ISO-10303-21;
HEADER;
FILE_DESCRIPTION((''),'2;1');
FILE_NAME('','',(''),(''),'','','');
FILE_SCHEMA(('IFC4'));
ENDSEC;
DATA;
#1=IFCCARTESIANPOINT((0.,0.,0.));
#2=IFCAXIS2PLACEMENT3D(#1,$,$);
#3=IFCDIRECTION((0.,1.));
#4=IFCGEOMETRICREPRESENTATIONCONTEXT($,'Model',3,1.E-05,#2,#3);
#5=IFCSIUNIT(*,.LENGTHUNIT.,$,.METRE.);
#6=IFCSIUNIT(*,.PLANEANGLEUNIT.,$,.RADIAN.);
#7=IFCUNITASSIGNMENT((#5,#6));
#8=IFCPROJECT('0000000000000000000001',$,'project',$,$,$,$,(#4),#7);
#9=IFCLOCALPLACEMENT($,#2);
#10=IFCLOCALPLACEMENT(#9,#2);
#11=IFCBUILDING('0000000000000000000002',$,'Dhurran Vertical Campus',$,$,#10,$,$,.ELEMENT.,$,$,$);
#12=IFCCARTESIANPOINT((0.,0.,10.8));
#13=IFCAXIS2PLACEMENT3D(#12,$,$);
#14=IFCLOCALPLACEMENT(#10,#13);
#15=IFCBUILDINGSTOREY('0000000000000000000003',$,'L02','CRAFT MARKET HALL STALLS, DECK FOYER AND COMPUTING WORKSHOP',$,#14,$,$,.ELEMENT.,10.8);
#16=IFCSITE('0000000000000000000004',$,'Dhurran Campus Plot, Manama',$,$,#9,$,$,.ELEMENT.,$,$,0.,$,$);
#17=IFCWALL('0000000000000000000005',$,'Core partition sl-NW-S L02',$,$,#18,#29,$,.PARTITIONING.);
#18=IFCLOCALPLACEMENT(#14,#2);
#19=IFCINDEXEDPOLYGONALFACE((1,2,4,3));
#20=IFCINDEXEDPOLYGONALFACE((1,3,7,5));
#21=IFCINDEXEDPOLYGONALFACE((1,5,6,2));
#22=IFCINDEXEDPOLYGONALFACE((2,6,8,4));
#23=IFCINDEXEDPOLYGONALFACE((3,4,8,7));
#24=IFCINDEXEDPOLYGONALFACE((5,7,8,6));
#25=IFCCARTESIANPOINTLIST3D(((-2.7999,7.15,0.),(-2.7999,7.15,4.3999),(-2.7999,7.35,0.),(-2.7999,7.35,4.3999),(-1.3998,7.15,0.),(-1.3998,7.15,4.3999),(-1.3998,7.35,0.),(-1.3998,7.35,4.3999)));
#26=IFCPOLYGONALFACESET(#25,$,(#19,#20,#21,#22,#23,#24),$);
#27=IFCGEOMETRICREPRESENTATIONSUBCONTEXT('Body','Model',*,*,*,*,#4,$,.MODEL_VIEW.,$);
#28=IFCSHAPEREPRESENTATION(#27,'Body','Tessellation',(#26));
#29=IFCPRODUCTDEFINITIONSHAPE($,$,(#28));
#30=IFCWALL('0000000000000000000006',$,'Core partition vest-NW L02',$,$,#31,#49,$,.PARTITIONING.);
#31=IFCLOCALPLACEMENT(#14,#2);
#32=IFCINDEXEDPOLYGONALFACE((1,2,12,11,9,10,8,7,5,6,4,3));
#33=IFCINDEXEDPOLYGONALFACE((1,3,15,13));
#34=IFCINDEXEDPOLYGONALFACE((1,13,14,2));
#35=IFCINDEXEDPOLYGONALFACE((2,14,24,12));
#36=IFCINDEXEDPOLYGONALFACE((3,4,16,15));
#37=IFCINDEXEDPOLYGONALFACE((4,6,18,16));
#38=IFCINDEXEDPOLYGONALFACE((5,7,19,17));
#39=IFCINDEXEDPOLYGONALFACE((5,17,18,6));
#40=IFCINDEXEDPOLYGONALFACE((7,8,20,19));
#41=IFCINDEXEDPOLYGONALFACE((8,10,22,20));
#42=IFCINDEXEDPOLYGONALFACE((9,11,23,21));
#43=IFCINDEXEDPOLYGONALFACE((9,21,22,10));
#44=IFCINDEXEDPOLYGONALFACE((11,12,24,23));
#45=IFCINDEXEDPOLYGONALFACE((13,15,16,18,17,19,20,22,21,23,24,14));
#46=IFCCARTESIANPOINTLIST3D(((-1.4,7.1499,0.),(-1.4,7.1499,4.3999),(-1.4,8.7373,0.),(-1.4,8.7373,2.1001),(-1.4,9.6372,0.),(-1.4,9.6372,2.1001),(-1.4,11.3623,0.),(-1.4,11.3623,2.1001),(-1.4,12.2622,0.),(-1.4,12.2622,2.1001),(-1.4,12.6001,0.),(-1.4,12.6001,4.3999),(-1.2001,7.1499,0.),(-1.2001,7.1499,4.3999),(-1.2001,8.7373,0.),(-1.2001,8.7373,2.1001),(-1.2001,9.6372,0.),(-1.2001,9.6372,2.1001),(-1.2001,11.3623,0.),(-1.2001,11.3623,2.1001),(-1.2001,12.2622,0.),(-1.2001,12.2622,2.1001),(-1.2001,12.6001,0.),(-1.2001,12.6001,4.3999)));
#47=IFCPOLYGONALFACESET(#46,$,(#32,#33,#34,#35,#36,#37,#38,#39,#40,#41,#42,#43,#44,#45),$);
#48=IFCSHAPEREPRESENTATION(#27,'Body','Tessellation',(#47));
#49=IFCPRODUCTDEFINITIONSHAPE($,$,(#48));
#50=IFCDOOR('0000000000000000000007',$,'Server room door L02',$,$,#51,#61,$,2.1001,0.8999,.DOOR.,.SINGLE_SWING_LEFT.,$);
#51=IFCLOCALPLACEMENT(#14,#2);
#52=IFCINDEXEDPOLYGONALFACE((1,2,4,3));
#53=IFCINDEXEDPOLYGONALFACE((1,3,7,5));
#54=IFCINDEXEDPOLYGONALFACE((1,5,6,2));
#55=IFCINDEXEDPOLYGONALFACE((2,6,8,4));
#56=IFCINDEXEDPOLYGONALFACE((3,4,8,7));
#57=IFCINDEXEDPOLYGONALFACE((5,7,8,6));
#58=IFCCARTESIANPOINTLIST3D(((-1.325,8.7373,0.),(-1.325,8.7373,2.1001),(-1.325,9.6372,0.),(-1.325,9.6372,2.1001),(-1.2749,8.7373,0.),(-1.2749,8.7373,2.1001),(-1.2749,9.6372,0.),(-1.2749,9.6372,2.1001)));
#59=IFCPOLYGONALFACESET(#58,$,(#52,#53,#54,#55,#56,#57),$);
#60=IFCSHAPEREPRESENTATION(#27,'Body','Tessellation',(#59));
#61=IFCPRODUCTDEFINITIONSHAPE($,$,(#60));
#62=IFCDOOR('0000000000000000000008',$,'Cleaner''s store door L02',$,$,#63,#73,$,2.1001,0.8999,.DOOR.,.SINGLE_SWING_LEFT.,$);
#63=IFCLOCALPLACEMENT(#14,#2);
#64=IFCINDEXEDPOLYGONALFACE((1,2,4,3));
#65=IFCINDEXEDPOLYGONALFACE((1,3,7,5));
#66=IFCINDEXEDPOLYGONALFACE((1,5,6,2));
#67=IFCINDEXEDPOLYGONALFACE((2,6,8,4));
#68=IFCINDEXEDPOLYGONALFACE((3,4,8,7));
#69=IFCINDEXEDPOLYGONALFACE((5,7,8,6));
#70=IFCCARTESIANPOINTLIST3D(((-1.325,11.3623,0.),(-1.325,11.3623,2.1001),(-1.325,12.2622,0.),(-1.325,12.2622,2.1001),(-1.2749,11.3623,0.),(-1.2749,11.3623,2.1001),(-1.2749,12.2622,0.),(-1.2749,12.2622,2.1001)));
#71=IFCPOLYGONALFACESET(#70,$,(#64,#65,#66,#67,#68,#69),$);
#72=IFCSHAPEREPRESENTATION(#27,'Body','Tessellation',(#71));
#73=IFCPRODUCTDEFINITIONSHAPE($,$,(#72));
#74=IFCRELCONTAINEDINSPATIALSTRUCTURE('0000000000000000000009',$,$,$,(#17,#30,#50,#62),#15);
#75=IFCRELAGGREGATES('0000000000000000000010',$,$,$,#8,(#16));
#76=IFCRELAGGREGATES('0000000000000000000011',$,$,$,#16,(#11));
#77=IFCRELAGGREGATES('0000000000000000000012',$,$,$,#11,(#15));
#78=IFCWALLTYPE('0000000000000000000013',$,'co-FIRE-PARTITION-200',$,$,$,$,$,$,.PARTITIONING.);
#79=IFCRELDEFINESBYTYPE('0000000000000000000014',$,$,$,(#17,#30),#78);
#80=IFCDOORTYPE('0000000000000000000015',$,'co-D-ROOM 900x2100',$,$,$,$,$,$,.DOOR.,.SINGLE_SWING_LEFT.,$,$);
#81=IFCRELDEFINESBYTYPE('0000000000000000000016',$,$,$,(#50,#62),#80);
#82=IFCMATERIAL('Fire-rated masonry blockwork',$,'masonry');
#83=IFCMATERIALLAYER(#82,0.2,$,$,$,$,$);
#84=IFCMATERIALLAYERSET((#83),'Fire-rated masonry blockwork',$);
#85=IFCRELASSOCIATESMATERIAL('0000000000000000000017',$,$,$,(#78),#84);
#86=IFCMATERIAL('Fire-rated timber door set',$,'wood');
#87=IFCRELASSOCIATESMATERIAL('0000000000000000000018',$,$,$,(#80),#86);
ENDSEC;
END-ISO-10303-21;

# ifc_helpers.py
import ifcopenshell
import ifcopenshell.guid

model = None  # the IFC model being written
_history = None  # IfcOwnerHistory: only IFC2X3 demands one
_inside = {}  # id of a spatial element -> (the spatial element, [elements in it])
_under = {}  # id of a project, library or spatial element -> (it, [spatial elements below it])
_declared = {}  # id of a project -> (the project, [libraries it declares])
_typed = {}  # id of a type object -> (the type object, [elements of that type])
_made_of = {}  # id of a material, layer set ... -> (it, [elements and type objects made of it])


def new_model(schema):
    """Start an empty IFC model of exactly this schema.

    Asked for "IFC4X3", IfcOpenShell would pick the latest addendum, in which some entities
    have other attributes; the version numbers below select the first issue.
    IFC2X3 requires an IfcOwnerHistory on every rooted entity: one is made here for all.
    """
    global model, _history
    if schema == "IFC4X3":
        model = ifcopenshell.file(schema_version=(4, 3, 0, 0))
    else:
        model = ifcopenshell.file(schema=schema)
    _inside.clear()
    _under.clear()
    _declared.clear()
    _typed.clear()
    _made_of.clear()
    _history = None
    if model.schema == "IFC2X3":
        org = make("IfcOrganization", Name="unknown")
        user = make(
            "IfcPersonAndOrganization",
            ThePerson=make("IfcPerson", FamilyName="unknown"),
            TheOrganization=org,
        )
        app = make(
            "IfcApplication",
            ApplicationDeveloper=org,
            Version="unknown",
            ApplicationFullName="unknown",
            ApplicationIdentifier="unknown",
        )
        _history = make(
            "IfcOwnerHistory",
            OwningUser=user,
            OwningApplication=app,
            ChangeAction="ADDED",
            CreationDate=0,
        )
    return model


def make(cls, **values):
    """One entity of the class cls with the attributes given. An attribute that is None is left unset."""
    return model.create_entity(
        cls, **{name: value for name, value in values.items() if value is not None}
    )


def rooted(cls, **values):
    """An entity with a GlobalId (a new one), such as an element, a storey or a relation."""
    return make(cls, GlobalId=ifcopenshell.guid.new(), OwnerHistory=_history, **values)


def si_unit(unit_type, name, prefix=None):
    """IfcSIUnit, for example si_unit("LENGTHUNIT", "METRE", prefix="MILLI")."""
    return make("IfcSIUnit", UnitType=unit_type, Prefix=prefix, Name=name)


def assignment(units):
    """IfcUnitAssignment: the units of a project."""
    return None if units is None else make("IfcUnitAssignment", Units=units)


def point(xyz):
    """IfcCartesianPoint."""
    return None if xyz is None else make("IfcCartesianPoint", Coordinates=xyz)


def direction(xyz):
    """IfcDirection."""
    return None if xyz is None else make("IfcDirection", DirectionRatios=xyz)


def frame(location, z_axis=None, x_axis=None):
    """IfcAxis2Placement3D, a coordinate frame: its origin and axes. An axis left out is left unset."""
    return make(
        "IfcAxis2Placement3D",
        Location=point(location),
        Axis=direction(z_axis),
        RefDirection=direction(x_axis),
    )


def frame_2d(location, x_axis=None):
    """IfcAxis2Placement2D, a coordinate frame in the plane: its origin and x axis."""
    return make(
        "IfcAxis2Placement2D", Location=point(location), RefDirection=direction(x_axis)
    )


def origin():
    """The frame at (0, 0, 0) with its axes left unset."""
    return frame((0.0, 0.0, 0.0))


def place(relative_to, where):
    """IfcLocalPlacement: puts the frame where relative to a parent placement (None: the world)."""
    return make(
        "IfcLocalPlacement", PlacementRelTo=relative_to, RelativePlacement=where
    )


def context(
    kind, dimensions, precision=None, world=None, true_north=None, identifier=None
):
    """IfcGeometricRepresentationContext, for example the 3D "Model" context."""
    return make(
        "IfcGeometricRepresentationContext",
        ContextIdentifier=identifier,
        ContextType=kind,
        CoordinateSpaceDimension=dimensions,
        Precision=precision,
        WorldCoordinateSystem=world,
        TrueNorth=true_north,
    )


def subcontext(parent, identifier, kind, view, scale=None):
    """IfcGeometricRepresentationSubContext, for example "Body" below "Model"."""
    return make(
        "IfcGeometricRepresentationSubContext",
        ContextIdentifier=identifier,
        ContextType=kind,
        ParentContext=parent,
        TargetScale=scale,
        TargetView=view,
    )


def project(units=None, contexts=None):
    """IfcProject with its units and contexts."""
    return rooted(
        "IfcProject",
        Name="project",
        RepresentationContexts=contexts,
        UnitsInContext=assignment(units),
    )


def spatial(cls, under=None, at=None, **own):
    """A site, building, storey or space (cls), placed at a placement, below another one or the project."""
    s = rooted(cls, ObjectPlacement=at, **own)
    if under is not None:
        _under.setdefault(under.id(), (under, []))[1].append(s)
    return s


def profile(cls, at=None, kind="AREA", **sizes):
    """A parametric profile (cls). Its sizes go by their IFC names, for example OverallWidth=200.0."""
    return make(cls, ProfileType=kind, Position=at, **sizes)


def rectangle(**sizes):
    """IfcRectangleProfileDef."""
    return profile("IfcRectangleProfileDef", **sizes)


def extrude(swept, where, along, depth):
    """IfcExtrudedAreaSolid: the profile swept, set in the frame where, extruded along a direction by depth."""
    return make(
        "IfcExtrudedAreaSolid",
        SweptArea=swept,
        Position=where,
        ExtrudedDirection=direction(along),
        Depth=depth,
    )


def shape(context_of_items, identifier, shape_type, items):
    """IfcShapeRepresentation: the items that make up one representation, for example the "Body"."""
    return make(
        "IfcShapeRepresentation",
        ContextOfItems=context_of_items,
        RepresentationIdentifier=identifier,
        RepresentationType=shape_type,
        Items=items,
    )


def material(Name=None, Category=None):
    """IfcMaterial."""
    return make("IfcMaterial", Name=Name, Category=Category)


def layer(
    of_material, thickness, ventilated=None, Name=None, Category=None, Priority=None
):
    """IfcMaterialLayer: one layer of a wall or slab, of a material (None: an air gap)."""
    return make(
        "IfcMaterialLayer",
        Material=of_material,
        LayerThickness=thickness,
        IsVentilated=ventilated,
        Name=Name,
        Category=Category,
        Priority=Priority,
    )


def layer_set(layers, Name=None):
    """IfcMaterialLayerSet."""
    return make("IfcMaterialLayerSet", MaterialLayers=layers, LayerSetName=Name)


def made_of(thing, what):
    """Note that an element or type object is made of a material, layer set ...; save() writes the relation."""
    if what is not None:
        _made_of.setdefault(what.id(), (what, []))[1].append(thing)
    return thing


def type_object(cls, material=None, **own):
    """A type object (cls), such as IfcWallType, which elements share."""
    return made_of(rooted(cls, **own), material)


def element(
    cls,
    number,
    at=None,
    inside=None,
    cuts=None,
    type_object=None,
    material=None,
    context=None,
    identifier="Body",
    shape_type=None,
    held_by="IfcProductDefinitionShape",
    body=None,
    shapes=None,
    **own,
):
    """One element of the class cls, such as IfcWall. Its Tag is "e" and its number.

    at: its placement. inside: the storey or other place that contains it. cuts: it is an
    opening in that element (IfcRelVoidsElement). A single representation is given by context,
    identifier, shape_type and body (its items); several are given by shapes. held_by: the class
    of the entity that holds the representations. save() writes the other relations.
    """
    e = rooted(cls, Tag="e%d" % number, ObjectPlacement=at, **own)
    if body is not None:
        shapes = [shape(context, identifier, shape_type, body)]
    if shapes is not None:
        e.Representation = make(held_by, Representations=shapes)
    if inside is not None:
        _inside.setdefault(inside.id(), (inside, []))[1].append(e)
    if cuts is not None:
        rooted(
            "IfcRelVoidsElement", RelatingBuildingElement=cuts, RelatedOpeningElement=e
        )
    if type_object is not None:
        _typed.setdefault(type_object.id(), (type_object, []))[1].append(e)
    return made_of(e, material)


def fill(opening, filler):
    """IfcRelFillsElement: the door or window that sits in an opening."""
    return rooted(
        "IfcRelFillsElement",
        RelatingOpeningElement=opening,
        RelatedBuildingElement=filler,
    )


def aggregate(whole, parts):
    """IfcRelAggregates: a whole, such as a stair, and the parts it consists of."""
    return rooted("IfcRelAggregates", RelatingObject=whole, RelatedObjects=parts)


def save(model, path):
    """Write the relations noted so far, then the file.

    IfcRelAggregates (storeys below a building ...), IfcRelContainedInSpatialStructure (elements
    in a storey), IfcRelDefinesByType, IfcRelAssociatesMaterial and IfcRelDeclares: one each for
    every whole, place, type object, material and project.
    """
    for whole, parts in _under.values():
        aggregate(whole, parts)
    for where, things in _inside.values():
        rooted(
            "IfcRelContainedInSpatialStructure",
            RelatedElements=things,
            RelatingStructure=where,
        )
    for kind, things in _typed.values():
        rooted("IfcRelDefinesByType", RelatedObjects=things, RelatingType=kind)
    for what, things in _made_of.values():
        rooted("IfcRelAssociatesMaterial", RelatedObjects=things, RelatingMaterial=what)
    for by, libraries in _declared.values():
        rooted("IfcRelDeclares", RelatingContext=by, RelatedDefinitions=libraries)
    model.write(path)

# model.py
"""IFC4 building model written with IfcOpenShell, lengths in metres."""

from ifc_helpers import new_model, si_unit, direction, frame, frame_2d, origin, place, context, subcontext, project, spatial, rectangle, extrude, material, layer, layer_set, type_object, element, fill, save


model = new_model("IFC4")

# Units and contexts
model_context = context("Model", 3, precision=1e-05, world=origin(), true_north=direction((0.0, 1.0)))
body_context = subcontext(model_context, "Body", "Model", "MODEL_VIEW")
ifc_project = project(units=[si_unit("LENGTHUNIT", "METRE"), si_unit("PLANEANGLEUNIT", "RADIAN")], contexts=[model_context])

# Site, building, storey
site_placement = place(None, origin())
site = spatial("IfcSite", under=ifc_project, at=site_placement, Name="Dhurran Campus Plot, Manama", CompositionType="ELEMENT", RefElevation=0.0)
building_placement = place(site_placement, origin())
building = spatial("IfcBuilding", under=site, at=building_placement, Name="Dhurran Vertical Campus", CompositionType="ELEMENT")
storey_placement = place(building_placement, frame((0.0, 0.0, 10.8)))
storey = spatial("IfcBuildingStorey", under=building, at=storey_placement, Name="L02", Description="CRAFT MARKET HALL STALLS, DECK FOYER AND COMPUTING WORKSHOP", CompositionType="ELEMENT", Elevation=10.8)

# Wall
ifc_material_1 = material(Name="Fire-rated masonry blockwork", Category="masonry")
ifc_layer_1 = layer(ifc_material_1, 0.2)
ifc_layer_set_1 = layer_set([ifc_layer_1], Name="Fire-rated masonry blockwork")
wall_type_1 = type_object("IfcWallType", Name="co-FIRE-PARTITION-200", PredefinedType="PARTITIONING", material=ifc_layer_set_1)
wall_1_placement = place(storey_placement, frame((-2.8, 7.25, 0.0), z_axis=(0.0, 0.0, 1.0), x_axis=(1.0, 0.0, 0.0)))
element("IfcWall", 1, at=wall_1_placement, inside=storey, type_object=wall_type_1, Name="Core partition sl-NW-S L02", PredefinedType="PARTITIONING", context=body_context, shape_type="SweptSolid", body=[
    extrude(rectangle(XDim=1.4001, YDim=0.2, at=frame_2d((0.7002, 0.0))), origin(), (0.0, 0.0, 1.0), 4.3999),
])

# Wall, openings, doors
wall_2_placement = place(storey_placement, frame((-1.3, 7.1499, 0.0), z_axis=(0.0, 0.0, 1.0), x_axis=(0.0, 1.0, 0.0)))
wall_2 = element("IfcWall", 2, at=wall_2_placement, inside=storey, type_object=wall_type_1, Name="Core partition vest-NW L02", PredefinedType="PARTITIONING", context=body_context, shape_type="SweptSolid", body=[
    extrude(rectangle(XDim=5.4502, YDim=0.2, at=frame_2d((2.7251, 0.0))), origin(), (0.0, 0.0, 1.0), 4.3999),
])
opening_1_placement = place(wall_2_placement, frame((1.5874, 0.0, 0.0)))
opening_1 = element("IfcOpeningElement", 3, at=opening_1_placement, cuts=wall_2, PredefinedType="OPENING", context=body_context, shape_type="SweptSolid", body=[
    extrude(rectangle(XDim=0.8999, YDim=2.1001, at=frame_2d((0.45, 1.05))), frame((0.0, 0.1099, 0.0), z_axis=(0.0, -1.0, 0.0), x_axis=(1.0, 0.0, 0.0)), (0.0, 0.0, 1.0), 0.22),
])
opening_2_placement = place(wall_2_placement, frame((4.2124, 0.0, 0.0)))
opening_2 = element("IfcOpeningElement", 4, at=opening_2_placement, cuts=wall_2, PredefinedType="OPENING", context=body_context, shape_type="SweptSolid", body=[
    extrude(rectangle(XDim=0.8999, YDim=2.1001, at=frame_2d((0.45, 1.05))), frame((0.0, 0.1099, 0.0), z_axis=(0.0, -1.0, 0.0), x_axis=(1.0, 0.0, 0.0)), (0.0, 0.0, 1.0), 0.22),
])
ifc_material_2 = material(Name="Fire-rated timber door set", Category="wood")
door_type_1 = type_object("IfcDoorType", Name="co-D-ROOM 900x2100", OperationType="SINGLE_SWING_LEFT", PredefinedType="DOOR", material=ifc_material_2)
door_1_placement = place(opening_1_placement, origin())
door_1 = element("IfcDoor", 5, at=door_1_placement, inside=storey, type_object=door_type_1, Name="Server room door L02", OperationType="SINGLE_SWING_LEFT", OverallHeight=2.1001, OverallWidth=0.8999, PredefinedType="DOOR", context=body_context, shape_type="SweptSolid", body=[
    extrude(rectangle(XDim=0.8999, YDim=2.1001, at=frame_2d((0.45, 1.05))), frame((0.0, 0.0249, 0.0), z_axis=(0.0, -1.0, 0.0), x_axis=(1.0, 0.0, 0.0)), (0.0, 0.0, 1.0), 0.05),
])
fill(opening_1, door_1)
door_2_placement = place(opening_2_placement, origin())
door_2 = element("IfcDoor", 6, at=door_2_placement, inside=storey, type_object=door_type_1, Name="Cleaner's store door L02", OperationType="SINGLE_SWING_LEFT", OverallHeight=2.1001, OverallWidth=0.8999, PredefinedType="DOOR", context=body_context, shape_type="SweptSolid", body=[
    extrude(rectangle(XDim=0.8999, YDim=2.1001, at=frame_2d((0.45, 1.05))), frame((0.0, 0.0249, 0.0), z_axis=(0.0, -1.0, 0.0), x_axis=(1.0, 0.0, 0.0)), (0.0, 0.0, 1.0), 0.05),
])
fill(opening_2, door_2)

save(model, "model.ifc")
